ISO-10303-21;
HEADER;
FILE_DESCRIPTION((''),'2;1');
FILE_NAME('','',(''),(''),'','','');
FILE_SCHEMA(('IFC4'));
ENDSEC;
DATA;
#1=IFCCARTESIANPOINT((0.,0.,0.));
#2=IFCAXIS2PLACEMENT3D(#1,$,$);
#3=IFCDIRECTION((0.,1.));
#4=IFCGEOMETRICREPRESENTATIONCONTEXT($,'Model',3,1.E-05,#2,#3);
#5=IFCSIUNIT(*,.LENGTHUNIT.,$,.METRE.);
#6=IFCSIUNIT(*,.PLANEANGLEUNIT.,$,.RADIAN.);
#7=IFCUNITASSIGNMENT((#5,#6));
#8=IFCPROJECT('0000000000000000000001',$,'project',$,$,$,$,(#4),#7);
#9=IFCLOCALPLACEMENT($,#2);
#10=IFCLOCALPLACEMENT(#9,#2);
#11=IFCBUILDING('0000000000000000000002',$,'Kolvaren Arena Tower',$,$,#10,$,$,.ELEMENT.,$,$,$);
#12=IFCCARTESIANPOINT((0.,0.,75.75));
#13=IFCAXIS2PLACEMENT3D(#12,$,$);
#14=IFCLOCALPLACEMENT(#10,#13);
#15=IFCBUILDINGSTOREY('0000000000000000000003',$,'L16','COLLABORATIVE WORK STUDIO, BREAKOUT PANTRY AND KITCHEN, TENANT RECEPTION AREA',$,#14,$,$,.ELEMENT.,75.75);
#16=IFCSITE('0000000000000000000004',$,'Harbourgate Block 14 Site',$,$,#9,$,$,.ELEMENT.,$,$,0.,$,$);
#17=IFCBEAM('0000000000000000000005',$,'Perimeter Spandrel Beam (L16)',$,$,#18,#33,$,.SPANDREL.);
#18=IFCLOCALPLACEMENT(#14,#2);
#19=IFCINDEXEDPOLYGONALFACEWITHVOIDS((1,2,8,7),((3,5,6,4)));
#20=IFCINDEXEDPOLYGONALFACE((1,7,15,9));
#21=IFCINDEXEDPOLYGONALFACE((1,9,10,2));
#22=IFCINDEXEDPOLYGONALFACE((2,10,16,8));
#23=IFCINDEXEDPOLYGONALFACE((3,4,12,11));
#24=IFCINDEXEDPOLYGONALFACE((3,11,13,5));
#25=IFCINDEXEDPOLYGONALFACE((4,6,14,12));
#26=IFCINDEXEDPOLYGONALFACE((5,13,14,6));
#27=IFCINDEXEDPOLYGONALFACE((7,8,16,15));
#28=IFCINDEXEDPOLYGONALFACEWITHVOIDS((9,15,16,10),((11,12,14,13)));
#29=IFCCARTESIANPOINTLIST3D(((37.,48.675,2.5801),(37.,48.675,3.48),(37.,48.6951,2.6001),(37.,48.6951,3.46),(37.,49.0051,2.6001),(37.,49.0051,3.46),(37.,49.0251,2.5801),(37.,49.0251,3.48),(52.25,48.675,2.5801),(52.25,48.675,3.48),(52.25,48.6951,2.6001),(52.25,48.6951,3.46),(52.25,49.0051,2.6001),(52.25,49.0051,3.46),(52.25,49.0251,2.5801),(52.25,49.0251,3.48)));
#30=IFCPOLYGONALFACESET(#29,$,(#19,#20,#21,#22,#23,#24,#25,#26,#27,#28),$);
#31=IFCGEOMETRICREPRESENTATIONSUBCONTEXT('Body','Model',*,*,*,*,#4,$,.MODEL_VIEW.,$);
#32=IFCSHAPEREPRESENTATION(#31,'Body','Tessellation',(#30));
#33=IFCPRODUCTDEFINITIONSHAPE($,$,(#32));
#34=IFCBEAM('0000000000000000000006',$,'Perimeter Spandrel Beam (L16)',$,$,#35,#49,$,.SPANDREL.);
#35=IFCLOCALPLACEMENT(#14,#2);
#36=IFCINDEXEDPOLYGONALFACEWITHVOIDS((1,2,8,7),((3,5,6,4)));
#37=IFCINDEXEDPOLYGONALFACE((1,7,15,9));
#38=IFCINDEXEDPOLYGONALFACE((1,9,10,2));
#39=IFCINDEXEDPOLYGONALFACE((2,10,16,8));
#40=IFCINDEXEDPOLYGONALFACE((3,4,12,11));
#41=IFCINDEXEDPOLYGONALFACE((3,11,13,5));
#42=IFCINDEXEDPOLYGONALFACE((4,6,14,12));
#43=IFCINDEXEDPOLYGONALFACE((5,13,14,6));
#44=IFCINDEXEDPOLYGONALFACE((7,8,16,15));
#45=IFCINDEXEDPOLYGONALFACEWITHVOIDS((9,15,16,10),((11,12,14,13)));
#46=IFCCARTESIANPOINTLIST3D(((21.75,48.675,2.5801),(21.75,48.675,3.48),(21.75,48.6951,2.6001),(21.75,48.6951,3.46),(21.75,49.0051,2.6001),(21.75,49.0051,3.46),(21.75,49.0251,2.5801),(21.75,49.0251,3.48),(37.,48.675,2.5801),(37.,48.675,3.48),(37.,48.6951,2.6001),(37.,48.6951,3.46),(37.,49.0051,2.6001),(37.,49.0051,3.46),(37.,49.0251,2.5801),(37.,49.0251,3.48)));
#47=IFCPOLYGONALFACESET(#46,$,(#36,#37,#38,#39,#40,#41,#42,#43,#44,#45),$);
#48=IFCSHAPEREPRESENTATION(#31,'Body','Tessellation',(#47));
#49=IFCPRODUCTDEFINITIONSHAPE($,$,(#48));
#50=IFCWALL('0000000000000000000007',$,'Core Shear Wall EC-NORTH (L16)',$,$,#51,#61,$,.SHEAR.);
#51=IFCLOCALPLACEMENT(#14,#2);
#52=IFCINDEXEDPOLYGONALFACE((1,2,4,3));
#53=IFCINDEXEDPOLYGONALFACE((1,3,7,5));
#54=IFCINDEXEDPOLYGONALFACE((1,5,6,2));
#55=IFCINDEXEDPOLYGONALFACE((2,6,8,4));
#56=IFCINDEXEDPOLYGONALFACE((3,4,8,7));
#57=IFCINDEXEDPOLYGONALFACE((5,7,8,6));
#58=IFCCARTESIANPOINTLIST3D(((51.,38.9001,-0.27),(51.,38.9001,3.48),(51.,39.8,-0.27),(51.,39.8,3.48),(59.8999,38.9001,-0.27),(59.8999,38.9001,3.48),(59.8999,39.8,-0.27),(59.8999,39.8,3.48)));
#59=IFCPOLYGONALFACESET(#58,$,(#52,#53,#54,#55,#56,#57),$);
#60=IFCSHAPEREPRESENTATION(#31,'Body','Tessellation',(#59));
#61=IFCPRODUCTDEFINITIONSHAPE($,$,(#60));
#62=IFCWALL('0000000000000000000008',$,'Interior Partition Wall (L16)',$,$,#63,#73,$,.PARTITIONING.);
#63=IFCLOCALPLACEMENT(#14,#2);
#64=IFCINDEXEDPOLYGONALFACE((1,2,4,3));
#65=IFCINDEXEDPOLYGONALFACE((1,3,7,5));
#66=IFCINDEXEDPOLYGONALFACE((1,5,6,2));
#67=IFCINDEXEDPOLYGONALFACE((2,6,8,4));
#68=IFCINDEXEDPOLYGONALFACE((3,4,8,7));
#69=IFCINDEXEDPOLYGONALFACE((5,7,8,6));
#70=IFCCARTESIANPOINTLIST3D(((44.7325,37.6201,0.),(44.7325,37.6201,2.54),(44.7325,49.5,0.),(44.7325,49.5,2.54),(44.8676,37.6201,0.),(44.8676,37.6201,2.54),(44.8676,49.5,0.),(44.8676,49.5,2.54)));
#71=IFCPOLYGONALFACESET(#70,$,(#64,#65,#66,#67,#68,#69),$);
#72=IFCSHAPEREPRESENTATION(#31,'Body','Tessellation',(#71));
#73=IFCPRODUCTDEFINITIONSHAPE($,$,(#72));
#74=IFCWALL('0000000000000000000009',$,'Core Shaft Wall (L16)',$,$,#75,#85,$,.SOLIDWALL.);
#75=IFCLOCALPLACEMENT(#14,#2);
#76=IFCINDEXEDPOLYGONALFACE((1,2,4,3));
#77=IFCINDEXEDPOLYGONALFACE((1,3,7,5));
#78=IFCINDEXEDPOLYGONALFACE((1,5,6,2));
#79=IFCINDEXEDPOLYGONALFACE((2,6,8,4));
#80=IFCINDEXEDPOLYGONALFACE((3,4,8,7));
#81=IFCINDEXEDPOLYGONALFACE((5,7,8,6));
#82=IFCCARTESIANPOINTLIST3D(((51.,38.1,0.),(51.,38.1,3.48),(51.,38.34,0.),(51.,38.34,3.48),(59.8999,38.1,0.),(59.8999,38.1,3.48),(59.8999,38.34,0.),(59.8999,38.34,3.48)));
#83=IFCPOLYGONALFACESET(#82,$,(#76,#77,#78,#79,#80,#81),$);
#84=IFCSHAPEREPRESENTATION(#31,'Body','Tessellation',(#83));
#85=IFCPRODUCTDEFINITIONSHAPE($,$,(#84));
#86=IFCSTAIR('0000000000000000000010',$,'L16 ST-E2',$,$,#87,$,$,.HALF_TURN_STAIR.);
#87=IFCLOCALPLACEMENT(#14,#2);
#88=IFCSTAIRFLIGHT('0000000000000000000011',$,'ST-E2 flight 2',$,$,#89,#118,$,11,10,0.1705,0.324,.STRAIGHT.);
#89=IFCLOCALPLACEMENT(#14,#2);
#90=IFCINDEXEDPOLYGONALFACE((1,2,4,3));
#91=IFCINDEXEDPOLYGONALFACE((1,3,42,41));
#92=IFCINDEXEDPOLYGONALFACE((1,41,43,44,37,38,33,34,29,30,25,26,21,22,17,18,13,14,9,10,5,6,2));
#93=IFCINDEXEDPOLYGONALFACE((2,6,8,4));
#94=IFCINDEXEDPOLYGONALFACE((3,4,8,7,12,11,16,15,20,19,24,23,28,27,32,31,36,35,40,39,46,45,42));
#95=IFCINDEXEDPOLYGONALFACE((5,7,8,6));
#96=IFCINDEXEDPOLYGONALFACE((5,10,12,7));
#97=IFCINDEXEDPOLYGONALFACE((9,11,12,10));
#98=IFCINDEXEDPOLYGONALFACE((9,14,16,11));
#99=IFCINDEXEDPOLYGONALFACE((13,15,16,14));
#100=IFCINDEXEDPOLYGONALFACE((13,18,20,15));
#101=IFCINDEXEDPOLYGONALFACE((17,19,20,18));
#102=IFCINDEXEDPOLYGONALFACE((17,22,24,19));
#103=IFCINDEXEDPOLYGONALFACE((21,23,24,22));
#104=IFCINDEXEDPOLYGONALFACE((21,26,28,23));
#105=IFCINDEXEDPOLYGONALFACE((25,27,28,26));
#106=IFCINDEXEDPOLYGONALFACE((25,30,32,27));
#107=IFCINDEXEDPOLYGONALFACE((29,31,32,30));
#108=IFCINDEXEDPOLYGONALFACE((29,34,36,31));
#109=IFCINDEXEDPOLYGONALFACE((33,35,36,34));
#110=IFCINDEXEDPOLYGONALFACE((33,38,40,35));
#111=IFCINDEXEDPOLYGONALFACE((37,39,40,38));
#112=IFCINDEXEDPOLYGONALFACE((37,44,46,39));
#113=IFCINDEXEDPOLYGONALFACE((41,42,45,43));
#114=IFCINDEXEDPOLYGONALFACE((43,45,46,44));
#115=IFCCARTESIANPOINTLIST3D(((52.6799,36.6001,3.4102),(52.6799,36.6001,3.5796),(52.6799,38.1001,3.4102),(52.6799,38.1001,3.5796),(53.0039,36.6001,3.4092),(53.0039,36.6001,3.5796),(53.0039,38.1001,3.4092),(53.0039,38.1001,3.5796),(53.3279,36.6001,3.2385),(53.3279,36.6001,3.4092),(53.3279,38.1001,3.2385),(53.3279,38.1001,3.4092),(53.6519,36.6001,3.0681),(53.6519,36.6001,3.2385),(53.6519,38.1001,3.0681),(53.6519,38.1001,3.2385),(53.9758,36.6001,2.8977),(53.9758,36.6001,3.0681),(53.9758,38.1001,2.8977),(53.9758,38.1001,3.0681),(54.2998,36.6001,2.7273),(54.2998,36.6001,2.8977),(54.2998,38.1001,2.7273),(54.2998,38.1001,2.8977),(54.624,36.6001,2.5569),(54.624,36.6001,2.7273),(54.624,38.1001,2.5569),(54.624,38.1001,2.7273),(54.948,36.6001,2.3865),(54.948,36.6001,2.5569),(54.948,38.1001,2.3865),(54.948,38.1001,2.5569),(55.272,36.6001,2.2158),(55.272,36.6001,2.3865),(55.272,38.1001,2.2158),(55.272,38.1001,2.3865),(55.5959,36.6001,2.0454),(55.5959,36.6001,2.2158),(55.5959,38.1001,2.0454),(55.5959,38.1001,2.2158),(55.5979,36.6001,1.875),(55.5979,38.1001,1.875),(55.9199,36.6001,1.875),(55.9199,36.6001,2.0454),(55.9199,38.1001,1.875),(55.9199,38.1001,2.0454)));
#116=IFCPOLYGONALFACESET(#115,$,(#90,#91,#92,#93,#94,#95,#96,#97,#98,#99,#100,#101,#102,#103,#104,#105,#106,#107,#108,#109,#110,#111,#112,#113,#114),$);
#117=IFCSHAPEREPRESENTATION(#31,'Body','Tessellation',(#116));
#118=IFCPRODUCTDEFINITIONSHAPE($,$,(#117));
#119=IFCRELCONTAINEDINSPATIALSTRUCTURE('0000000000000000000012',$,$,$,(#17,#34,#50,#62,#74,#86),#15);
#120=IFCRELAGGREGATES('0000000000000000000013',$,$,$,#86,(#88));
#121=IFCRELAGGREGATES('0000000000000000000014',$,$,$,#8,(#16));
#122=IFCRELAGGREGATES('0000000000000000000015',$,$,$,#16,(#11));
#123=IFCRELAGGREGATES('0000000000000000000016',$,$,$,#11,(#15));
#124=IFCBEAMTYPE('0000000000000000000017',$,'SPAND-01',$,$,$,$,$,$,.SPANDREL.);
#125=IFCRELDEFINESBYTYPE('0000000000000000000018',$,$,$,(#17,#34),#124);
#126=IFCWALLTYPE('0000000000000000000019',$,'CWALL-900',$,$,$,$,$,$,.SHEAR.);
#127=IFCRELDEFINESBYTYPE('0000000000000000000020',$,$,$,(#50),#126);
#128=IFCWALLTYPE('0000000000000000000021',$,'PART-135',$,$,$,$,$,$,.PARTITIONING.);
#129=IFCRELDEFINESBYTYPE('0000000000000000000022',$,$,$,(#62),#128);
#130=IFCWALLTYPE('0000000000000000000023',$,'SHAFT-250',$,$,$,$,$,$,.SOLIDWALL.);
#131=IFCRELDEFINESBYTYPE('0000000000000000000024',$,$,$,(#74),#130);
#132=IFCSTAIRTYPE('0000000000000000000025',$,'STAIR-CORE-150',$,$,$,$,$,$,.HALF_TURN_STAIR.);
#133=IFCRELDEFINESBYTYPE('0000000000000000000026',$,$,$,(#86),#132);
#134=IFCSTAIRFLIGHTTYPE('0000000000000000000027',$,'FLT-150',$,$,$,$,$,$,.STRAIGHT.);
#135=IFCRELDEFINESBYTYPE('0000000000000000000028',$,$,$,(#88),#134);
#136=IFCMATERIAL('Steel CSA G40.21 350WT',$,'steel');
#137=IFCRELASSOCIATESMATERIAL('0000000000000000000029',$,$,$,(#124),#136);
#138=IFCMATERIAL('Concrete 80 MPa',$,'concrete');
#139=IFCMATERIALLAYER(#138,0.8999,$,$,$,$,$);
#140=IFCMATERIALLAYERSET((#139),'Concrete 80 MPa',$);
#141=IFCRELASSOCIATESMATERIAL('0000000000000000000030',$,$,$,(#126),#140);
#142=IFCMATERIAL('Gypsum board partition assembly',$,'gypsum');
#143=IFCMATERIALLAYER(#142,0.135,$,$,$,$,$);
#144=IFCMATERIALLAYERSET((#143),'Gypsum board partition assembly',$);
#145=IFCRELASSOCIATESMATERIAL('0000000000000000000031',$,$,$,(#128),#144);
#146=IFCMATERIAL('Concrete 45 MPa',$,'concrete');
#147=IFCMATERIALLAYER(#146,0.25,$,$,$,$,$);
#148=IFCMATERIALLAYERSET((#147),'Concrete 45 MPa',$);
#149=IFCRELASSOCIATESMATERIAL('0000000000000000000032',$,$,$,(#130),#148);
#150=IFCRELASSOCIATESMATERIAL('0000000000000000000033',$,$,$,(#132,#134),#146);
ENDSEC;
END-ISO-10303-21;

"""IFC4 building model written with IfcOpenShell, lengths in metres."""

from ifc_helpers import new_model, si_unit, direction, frame, frame_2d, origin, origin_2d, place, context, subcontext, project, spatial, polyline, rectangle, hollow_rectangle, outline, extrude, material, layer, layer_set, material_profile, profile_set, type_object, element, aggregate, save


model = new_model("IFC4")

# Units and contexts
model_context = context("Model", 3, precision=1e-05, world=origin(), true_north=direction((0.0, 1.0)))
body_context = subcontext(model_context, "Body", "Model", "MODEL_VIEW")
ifc_project = project(units=[si_unit("LENGTHUNIT", "METRE"), si_unit("PLANEANGLEUNIT", "RADIAN")], contexts=[model_context])

# Site, building, storey
site_placement = place(None, origin())
site = spatial("IfcSite", under=ifc_project, at=site_placement, Name="Harbourgate Block 14 Site", CompositionType="ELEMENT", RefElevation=0.0)
building_placement = place(site_placement, origin())
building = spatial("IfcBuilding", under=site, at=building_placement, Name="Kolvaren Arena Tower", CompositionType="ELEMENT")
storey_placement = place(building_placement, frame((0.0, 0.0, 75.75)))
storey = spatial("IfcBuildingStorey", under=building, at=storey_placement, Name="L16", Description="COLLABORATIVE WORK STUDIO, BREAKOUT PANTRY AND KITCHEN, TENANT RECEPTION AREA", CompositionType="ELEMENT", Elevation=75.75)

# Beams
ifc_material_1 = material(Name="Steel CSA G40.21 350WT", Category="steel")
ifc_material_profile_1 = material_profile(ifc_material_1, hollow_rectangle(XDim=0.3501, YDim=0.8999, WallThickness=0.02, at=origin_2d()), Name="HSS 900x350x20")
ifc_profile_set_1 = profile_set([ifc_material_profile_1], Name="Steel CSA G40.21 350WT")
beam_type_1 = type_object("IfcBeamType", Name="SPAND-01", PredefinedType="SPANDREL", material=ifc_profile_set_1)
for number, where, z_axis, x_axis, name in (
    (1, (52.25, 48.8501, 3.03), (-1.0, 0.0, 0.0), (0.0, -1.0, 0.0), "Perimeter Spandrel Beam (L16)"),
    (2, (37.0, 48.8501, 3.03), (-1.0, 0.0, 0.0), (0.0, -1.0, 0.0), "Perimeter Spandrel Beam (L16)"),
):
    element("IfcBeam", number, at=place(storey_placement, frame(where, z_axis=z_axis, x_axis=x_axis)), inside=storey, type_object=beam_type_1, Name=name, PredefinedType="SPANDREL", context=body_context, shape_type="SweptSolid", body=[
        extrude(hollow_rectangle(XDim=0.3501, YDim=0.8999, WallThickness=0.02, at=origin_2d()), origin(), (0.0, 0.0, 1.0), 15.25),
    ])

# Walls
ifc_material_2 = material(Name="Concrete 80 MPa", Category="concrete")
ifc_layer_1 = layer(ifc_material_2, 0.8999)
ifc_layer_set_1 = layer_set([ifc_layer_1], Name="Concrete 80 MPa")
wall_type_1 = type_object("IfcWallType", Name="CWALL-900", PredefinedType="SHEAR", material=ifc_layer_set_1)
wall_1_placement = place(storey_placement, frame((51.0, 39.3501, -0.27), z_axis=(0.0, 0.0, 1.0), x_axis=(1.0, 0.0, 0.0)))
element("IfcWall", 3, at=wall_1_placement, inside=storey, type_object=wall_type_1, Name="Core Shear Wall EC-NORTH (L16)", PredefinedType="SHEAR", context=body_context, shape_type="SweptSolid", body=[
    extrude(rectangle(XDim=8.8999, YDim=0.8999, at=frame_2d((4.45, 0.0))), origin(), (0.0, 0.0, 1.0), 3.75),
])
ifc_material_3 = material(Name="Gypsum board partition assembly", Category="gypsum")
ifc_layer_2 = layer(ifc_material_3, 0.135)
ifc_layer_set_2 = layer_set([ifc_layer_2], Name="Gypsum board partition assembly")
wall_type_2 = type_object("IfcWallType", Name="PART-135", PredefinedType="PARTITIONING", material=ifc_layer_set_2)
wall_2_placement = place(storey_placement, frame((44.8, 37.6201, 0.0), z_axis=(0.0, 0.0, 1.0), x_axis=(0.0, 1.0, 0.0)))
element("IfcWall", 4, at=wall_2_placement, inside=storey, type_object=wall_type_2, Name="Interior Partition Wall (L16)", PredefinedType="PARTITIONING", context=body_context, shape_type="SweptSolid", body=[
    extrude(rectangle(XDim=11.8799, YDim=0.135, at=frame_2d((5.9399, 0.0))), origin(), (0.0, 0.0, 1.0), 2.54),
])
ifc_material_4 = material(Name="Concrete 45 MPa", Category="concrete")
ifc_layer_3 = layer(ifc_material_4, 0.25)
ifc_layer_set_3 = layer_set([ifc_layer_3], Name="Concrete 45 MPa")
wall_type_3 = type_object("IfcWallType", Name="SHAFT-250", PredefinedType="SOLIDWALL", material=ifc_layer_set_3)
wall_3_placement = place(storey_placement, frame((51.0, 38.22, 0.0), z_axis=(0.0, 0.0, 1.0), x_axis=(1.0, 0.0, 0.0)))
element("IfcWall", 5, at=wall_3_placement, inside=storey, type_object=wall_type_3, Name="Core Shaft Wall (L16)", PredefinedType="SOLIDWALL", context=body_context, shape_type="SweptSolid", body=[
    extrude(rectangle(XDim=8.8999, YDim=0.24, at=frame_2d((4.45, 0.0))), origin(), (0.0, 0.0, 1.0), 3.48),
])

# Stair, stair flight
stair_type = type_object("IfcStairType", Name="STAIR-CORE-150", PredefinedType="HALF_TURN_STAIR", material=ifc_material_4)
stair_placement = place(storey_placement, origin())
stair = element("IfcStair", 6, at=stair_placement, inside=storey, type_object=stair_type, Name="L16 ST-E2", PredefinedType="HALF_TURN_STAIR")
stair_flight_type = type_object("IfcStairFlightType", Name="FLT-150", PredefinedType="STRAIGHT", material=ifc_material_4)
stair_flight_placement = place(storey_placement, frame((55.9199, 37.3501, 1.875), z_axis=(0.0, 0.0, 1.0), x_axis=(-1.0, 0.0, 0.0)))
stair_flight = element("IfcStairFlight", 7, at=stair_flight_placement, type_object=stair_flight_type, Name="ST-E2 flight 2", NumberOfRisers=11, NumberOfTreads=10, PredefinedType="STRAIGHT", RiserHeight=0.1705, TreadLength=0.324, context=body_context, shape_type="SweptSolid", body=[
    extrude(outline(polyline([(0.0, 0.0), (0.0, 0.1704), (0.324, 0.1704), (0.324, 0.3408), (0.6479, 0.3408), (0.6479, 0.5115), (0.9719, 0.5115), (0.9719, 0.6819), (1.2959, 0.6819), (1.2959, 0.8523), (1.6201, 0.8523), (1.6201, 1.0227), (1.9441, 1.0227), (1.9441, 1.1931), (2.2681, 1.1931), (2.2681, 1.3635), (2.592, 1.3635), (2.592, 1.5342), (2.916, 1.5342), (2.916, 1.7046), (3.24, 1.7046), (3.24, 1.875), (3.24, 1.5352), (0.322, 0.0), (0.0, 0.0)])), frame((0.0, 0.75, 0.0), z_axis=(0.0, -1.0, 0.0), x_axis=(1.0, 0.0, 0.0)), (0.0, 0.0, 1.0), 1.5),
])
aggregate(stair, [stair_flight])

save(model, "model.ifc")
